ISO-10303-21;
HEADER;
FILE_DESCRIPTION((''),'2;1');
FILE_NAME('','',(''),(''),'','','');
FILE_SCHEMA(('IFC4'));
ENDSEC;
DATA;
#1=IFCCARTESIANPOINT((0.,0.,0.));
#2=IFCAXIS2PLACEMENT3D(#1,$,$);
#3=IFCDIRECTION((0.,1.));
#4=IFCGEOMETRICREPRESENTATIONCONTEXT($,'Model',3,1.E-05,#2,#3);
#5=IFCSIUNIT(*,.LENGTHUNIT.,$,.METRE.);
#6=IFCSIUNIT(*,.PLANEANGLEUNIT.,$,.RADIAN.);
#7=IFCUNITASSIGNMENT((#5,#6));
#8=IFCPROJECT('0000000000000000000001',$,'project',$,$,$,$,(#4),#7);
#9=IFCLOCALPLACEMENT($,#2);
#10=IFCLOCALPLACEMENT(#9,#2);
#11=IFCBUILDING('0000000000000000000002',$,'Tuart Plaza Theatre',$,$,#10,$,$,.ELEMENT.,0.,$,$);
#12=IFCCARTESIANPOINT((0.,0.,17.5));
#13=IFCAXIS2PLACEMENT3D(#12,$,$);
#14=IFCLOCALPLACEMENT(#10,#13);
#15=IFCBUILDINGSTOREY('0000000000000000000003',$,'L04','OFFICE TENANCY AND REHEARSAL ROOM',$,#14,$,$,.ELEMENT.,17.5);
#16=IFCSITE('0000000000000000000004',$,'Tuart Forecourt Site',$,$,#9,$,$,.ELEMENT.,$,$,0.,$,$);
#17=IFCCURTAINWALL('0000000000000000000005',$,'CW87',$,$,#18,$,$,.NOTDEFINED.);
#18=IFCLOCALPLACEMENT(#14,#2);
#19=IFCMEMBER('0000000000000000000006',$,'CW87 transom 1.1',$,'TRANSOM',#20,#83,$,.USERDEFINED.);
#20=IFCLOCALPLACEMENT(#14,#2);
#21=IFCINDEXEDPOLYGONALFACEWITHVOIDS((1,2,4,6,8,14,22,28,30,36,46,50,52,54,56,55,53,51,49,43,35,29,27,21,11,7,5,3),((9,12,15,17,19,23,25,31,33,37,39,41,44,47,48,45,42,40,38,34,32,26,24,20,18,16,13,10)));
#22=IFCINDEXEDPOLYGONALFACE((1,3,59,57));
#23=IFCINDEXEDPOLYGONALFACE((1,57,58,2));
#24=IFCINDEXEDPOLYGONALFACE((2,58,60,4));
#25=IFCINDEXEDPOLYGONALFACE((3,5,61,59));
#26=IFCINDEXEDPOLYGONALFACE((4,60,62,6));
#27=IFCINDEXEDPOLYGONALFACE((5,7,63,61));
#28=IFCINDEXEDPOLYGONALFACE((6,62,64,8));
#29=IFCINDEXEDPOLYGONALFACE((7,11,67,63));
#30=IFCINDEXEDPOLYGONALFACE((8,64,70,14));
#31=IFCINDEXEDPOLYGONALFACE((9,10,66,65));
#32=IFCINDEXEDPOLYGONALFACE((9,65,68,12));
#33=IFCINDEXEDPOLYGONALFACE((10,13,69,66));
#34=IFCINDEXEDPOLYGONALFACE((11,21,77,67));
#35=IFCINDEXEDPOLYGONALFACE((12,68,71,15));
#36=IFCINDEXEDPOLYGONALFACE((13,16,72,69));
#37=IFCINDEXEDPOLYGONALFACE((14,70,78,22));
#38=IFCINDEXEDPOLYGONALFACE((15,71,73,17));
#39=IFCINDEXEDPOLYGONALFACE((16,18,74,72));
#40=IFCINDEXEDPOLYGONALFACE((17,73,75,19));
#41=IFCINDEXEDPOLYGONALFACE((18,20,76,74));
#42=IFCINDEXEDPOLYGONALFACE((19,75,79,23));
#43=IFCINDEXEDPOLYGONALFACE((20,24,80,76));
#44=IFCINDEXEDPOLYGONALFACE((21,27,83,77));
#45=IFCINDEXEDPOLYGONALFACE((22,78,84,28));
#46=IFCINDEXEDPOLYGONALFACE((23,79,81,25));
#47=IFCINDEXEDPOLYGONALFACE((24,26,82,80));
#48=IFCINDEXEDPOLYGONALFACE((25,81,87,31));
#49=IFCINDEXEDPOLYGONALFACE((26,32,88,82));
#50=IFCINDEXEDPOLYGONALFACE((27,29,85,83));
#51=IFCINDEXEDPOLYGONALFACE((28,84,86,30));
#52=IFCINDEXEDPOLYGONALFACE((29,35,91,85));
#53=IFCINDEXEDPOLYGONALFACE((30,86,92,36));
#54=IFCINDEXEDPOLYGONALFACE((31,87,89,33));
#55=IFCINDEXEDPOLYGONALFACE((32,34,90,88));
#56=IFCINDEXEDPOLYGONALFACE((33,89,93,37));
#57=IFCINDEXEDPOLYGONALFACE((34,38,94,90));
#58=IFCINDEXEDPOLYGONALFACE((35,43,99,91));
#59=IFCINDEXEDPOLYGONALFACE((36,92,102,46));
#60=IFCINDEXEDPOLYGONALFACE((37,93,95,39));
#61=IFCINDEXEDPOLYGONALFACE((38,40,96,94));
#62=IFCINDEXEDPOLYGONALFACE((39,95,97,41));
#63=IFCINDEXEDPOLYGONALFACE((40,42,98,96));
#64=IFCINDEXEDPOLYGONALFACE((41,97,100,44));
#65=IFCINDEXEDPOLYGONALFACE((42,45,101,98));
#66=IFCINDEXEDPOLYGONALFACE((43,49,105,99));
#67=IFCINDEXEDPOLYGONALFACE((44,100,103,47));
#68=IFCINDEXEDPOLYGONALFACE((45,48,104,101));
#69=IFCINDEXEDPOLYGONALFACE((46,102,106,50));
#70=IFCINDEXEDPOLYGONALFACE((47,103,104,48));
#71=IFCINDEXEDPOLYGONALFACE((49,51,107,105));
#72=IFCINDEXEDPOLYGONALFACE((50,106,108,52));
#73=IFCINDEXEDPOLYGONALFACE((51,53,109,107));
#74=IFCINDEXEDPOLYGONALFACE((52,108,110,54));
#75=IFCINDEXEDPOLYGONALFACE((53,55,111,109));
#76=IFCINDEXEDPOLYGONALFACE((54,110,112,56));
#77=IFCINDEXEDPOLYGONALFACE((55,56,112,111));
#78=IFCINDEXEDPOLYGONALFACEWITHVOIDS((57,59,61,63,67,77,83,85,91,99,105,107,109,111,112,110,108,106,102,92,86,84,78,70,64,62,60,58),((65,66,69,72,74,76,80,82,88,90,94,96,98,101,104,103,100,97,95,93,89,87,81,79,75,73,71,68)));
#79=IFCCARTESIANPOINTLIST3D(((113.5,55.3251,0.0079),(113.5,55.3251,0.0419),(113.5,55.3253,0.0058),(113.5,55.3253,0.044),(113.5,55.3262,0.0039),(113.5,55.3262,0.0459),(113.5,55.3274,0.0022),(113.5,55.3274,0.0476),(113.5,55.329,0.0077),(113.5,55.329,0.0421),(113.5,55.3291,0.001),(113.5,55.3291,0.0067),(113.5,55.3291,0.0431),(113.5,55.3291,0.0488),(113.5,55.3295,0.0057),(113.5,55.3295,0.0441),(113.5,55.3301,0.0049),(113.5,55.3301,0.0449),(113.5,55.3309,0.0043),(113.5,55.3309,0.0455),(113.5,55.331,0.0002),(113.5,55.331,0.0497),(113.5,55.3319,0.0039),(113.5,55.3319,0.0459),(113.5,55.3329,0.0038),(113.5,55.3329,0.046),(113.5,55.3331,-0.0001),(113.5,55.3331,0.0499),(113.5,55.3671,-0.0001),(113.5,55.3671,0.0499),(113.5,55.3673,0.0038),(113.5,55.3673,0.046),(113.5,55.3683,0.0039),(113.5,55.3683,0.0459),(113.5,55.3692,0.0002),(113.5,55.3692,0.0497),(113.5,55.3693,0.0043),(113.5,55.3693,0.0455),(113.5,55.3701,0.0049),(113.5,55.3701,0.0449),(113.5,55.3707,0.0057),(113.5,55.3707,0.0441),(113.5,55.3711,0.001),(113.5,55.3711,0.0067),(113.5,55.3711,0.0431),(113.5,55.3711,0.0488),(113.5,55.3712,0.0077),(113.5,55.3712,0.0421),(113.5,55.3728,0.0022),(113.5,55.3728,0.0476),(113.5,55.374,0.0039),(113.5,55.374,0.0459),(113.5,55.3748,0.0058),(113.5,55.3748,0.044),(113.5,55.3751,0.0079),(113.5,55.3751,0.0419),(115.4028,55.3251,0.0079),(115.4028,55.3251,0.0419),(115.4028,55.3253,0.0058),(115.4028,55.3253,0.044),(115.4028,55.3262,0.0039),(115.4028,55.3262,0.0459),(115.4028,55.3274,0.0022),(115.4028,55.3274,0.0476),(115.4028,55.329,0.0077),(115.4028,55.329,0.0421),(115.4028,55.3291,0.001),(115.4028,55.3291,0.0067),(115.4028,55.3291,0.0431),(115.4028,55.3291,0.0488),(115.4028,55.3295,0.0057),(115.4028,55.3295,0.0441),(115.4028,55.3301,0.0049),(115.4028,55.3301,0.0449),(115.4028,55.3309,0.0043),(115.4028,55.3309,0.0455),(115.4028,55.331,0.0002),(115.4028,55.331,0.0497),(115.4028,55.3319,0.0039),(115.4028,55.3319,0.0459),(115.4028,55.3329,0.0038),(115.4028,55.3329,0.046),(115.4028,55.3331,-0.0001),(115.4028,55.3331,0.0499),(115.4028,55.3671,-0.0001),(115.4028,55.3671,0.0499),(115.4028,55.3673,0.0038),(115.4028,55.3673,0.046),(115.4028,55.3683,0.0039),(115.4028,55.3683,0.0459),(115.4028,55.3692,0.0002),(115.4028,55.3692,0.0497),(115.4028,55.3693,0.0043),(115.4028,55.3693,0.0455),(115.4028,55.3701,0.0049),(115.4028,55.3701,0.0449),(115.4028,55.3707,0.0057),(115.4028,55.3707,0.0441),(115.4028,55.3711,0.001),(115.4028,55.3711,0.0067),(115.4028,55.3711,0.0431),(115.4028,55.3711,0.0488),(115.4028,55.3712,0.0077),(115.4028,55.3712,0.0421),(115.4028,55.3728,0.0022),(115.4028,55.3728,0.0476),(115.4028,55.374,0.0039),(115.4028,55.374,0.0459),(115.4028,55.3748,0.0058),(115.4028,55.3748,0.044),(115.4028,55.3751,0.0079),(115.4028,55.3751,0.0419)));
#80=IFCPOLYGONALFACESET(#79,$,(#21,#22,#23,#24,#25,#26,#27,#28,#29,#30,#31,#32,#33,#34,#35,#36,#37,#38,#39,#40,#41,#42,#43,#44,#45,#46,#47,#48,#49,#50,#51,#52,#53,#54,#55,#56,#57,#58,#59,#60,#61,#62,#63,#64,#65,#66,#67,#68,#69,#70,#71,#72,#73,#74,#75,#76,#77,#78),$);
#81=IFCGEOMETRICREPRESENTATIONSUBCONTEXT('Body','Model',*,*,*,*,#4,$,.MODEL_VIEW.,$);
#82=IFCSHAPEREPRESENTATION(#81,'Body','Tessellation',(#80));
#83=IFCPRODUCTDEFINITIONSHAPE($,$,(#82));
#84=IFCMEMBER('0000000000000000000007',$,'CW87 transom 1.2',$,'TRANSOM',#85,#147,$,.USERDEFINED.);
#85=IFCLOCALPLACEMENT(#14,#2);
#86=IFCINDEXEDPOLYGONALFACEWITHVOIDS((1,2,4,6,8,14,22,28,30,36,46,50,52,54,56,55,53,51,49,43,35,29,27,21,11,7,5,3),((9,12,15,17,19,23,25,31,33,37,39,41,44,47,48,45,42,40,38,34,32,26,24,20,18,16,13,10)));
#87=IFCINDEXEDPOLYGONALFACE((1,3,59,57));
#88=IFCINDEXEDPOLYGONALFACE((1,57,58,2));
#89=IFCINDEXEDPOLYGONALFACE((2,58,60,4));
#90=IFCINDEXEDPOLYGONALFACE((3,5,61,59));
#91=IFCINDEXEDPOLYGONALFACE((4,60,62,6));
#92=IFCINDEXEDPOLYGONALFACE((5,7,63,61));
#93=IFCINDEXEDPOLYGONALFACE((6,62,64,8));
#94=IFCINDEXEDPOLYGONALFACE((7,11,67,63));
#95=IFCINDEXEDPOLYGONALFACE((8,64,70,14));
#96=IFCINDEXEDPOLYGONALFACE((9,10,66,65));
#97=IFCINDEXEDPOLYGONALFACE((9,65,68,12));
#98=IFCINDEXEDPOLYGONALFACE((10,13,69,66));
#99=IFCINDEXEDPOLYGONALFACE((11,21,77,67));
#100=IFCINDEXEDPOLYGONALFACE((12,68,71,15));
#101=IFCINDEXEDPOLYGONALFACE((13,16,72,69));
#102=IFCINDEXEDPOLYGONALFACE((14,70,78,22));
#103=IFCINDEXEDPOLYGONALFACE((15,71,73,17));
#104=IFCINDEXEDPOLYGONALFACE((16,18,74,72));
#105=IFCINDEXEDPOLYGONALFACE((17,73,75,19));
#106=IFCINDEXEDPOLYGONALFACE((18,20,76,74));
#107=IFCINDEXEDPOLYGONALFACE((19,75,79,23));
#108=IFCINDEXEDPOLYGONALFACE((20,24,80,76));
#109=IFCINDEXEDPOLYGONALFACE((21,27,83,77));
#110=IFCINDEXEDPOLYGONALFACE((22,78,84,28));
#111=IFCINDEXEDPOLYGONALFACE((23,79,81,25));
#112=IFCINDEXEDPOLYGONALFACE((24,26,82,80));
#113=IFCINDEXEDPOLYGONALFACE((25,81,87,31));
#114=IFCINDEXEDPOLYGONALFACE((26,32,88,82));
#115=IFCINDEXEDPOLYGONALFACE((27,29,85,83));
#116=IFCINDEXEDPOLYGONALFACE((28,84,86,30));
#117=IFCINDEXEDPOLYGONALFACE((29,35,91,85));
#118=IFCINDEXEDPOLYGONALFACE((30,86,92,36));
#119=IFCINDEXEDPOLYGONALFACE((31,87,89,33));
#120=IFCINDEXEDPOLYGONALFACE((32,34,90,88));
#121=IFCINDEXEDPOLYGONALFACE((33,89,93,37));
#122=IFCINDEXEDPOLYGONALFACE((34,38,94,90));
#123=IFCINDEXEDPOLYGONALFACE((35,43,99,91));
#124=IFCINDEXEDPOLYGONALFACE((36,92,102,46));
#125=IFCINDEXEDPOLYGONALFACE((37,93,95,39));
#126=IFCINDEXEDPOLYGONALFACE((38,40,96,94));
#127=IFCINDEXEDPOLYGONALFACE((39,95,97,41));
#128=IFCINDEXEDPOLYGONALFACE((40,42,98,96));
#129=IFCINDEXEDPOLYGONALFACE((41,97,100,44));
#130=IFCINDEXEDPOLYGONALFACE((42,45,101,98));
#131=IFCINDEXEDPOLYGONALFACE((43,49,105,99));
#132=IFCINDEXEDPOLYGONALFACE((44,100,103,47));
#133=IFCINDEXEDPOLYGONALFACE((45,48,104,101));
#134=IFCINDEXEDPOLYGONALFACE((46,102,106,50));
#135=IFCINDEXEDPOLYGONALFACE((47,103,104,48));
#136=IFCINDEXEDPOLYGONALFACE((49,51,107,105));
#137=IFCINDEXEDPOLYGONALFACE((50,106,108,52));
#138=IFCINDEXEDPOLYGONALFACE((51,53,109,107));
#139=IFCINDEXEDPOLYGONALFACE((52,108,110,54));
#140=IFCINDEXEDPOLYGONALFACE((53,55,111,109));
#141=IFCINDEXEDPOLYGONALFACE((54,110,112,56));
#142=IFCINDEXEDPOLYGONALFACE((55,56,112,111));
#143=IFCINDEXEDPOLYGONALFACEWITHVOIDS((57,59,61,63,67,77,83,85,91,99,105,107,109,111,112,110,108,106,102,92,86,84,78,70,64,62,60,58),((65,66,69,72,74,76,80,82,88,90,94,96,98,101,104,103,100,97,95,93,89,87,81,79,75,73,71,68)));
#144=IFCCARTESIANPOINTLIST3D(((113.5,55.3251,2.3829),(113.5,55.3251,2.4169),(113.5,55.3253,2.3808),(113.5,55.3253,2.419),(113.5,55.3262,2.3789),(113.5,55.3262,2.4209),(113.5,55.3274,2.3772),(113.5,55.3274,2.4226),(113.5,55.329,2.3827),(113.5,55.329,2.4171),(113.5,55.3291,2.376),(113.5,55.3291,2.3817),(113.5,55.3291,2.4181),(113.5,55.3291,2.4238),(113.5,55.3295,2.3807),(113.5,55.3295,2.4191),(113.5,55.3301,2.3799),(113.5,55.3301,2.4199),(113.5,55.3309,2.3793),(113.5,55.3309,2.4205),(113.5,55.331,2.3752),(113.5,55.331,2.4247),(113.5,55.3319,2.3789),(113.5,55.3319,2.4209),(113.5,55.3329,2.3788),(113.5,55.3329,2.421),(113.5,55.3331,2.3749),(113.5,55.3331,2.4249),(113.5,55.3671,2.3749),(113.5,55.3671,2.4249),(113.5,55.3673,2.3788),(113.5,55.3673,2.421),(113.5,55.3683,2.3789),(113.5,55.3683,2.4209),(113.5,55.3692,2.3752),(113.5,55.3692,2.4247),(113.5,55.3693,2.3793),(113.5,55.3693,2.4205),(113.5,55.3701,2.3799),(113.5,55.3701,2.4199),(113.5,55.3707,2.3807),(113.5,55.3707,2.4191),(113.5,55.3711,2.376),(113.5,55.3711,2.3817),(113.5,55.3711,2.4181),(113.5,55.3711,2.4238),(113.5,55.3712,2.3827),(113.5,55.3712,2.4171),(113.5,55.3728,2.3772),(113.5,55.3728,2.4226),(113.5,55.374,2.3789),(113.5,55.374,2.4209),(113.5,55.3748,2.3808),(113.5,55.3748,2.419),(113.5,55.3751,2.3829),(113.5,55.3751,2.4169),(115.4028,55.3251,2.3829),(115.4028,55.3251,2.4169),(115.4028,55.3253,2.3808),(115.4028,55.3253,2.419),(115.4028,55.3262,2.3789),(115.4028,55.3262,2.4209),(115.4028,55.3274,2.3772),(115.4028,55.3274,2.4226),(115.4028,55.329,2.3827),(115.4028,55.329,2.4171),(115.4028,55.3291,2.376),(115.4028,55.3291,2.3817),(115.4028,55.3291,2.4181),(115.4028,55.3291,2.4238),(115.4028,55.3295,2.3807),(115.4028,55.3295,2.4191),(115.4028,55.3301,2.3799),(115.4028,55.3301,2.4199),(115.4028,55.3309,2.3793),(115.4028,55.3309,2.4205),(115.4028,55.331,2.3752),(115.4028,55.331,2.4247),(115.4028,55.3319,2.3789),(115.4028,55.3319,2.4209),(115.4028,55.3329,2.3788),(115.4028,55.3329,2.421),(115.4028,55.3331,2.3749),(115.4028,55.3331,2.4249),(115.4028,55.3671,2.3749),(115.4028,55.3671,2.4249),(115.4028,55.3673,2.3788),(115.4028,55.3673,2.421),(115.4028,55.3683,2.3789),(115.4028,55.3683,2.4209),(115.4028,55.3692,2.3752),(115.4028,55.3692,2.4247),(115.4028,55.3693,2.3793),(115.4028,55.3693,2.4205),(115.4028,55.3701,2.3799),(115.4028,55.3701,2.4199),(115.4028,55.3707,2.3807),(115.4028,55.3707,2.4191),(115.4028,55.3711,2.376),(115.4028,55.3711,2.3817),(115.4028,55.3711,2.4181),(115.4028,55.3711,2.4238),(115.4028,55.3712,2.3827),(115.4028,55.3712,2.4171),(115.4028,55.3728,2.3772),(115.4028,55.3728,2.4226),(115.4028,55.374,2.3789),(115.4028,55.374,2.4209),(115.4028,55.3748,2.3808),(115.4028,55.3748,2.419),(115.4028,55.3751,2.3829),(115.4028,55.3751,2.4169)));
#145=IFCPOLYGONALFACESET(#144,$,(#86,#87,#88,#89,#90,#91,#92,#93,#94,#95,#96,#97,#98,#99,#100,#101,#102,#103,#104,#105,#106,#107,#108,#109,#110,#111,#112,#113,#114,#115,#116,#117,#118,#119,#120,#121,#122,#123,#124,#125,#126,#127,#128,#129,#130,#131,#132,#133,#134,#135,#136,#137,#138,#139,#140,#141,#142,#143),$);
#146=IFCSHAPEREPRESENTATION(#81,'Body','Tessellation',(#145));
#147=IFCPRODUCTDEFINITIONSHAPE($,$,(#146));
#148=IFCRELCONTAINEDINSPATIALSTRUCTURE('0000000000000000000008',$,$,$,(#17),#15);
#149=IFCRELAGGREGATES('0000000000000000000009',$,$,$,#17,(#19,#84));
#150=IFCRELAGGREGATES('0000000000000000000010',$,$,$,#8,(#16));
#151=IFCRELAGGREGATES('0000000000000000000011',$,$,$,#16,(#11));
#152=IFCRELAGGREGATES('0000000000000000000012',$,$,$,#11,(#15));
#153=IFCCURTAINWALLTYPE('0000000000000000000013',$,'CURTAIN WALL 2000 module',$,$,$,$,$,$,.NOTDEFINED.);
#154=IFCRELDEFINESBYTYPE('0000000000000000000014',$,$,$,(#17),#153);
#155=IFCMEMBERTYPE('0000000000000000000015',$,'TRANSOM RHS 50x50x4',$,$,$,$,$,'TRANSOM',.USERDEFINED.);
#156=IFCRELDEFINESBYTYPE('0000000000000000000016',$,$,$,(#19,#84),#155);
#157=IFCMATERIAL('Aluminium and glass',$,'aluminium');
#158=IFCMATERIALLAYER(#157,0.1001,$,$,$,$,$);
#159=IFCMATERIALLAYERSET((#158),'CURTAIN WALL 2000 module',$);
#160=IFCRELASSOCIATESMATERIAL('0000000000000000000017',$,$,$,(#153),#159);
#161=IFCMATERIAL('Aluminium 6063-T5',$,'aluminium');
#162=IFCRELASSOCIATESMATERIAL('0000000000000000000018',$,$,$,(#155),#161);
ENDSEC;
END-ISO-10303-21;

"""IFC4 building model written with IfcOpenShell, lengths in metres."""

from ifc_helpers import new_model, si_unit, direction, frame, origin, origin_2d, place, context, subcontext, project, spatial, hollow_rectangle, extrude, material, layer, layer_set, material_profile, profile_set, type_object, element, aggregate, save


model = new_model("IFC4")

# Units and contexts
model_context = context("Model", 3, precision=1e-05, world=origin(), true_north=direction((0.0, 1.0)))
body_context = subcontext(model_context, "Body", "Model", "MODEL_VIEW")
ifc_project = project(units=[si_unit("LENGTHUNIT", "METRE"), si_unit("PLANEANGLEUNIT", "RADIAN")], contexts=[model_context])

# Site, building, storey
site_placement = place(None, origin())
site = spatial("IfcSite", under=ifc_project, at=site_placement, Name="Tuart Forecourt Site", CompositionType="ELEMENT", RefElevation=0.0)
building_placement = place(site_placement, origin())
building = spatial("IfcBuilding", under=site, at=building_placement, Name="Tuart Plaza Theatre", CompositionType="ELEMENT", ElevationOfRefHeight=0.0)
storey_placement = place(building_placement, frame((0.0, 0.0, 17.5)))
storey = spatial("IfcBuildingStorey", under=building, at=storey_placement, Name="L04", Description="OFFICE TENANCY AND REHEARSAL ROOM", CompositionType="ELEMENT", Elevation=17.5)

# Curtain wall, members
ifc_material_1 = material(Name="Aluminium and glass", Category="aluminium")
ifc_layer_1 = layer(ifc_material_1, 0.1001)
ifc_layer_set_1 = layer_set([ifc_layer_1], Name="CURTAIN WALL 2000 module")
curtain_wall_type = type_object("IfcCurtainWallType", Name="CURTAIN WALL 2000 module", PredefinedType="NOTDEFINED", material=ifc_layer_set_1)
curtain_wall_placement = place(storey_placement, origin())
curtain_wall = element("IfcCurtainWall", 1, at=curtain_wall_placement, inside=storey, type_object=curtain_wall_type, Name="CW87", PredefinedType="NOTDEFINED")
ifc_material_2 = material(Name="Aluminium 6063-T5", Category="aluminium")
ifc_material_profile_1 = material_profile(ifc_material_2, hollow_rectangle(XDim=0.05, YDim=0.05, WallThickness=0.0039, InnerFilletRadius=0.0039, OuterFilletRadius=0.0081, at=origin_2d()), Name="RHS 50x50x4")
ifc_profile_set_1 = profile_set([ifc_material_profile_1], Name="Aluminium 6063-T5")
member_type_1 = type_object("IfcMemberType", Name="TRANSOM RHS 50x50x4", ElementType="TRANSOM", PredefinedType="USERDEFINED", material=ifc_profile_set_1)
member_1_placement = place(storey_placement, frame((113.5, 55.3501, 0.0249), z_axis=(1.0, 0.0, 0.0), x_axis=(0.0, 1.0, 0.0)))
member_1 = element("IfcMember", 2, at=member_1_placement, type_object=member_type_1, Name="CW87 transom 1.1", ObjectType="TRANSOM", PredefinedType="USERDEFINED", context=body_context, shape_type="SweptSolid", body=[
    extrude(hollow_rectangle(XDim=0.05, YDim=0.05, WallThickness=0.0039, InnerFilletRadius=0.0039, OuterFilletRadius=0.0081, at=origin_2d()), origin(), (0.0, 0.0, 1.0), 1.9028),
])
member_2_placement = place(storey_placement, frame((113.5, 55.3501, 2.3999), z_axis=(1.0, 0.0, 0.0), x_axis=(0.0, 1.0, 0.0)))
member_2 = element("IfcMember", 3, at=member_2_placement, type_object=member_type_1, Name="CW87 transom 1.2", ObjectType="TRANSOM", PredefinedType="USERDEFINED", context=body_context, shape_type="SweptSolid", body=[
    extrude(hollow_rectangle(XDim=0.05, YDim=0.05, WallThickness=0.0039, InnerFilletRadius=0.0039, OuterFilletRadius=0.0081, at=origin_2d()), origin(), (0.0, 0.0, 1.0), 1.9028),
])
aggregate(curtain_wall, [member_1, member_2])

save(model, "model.ifc")
